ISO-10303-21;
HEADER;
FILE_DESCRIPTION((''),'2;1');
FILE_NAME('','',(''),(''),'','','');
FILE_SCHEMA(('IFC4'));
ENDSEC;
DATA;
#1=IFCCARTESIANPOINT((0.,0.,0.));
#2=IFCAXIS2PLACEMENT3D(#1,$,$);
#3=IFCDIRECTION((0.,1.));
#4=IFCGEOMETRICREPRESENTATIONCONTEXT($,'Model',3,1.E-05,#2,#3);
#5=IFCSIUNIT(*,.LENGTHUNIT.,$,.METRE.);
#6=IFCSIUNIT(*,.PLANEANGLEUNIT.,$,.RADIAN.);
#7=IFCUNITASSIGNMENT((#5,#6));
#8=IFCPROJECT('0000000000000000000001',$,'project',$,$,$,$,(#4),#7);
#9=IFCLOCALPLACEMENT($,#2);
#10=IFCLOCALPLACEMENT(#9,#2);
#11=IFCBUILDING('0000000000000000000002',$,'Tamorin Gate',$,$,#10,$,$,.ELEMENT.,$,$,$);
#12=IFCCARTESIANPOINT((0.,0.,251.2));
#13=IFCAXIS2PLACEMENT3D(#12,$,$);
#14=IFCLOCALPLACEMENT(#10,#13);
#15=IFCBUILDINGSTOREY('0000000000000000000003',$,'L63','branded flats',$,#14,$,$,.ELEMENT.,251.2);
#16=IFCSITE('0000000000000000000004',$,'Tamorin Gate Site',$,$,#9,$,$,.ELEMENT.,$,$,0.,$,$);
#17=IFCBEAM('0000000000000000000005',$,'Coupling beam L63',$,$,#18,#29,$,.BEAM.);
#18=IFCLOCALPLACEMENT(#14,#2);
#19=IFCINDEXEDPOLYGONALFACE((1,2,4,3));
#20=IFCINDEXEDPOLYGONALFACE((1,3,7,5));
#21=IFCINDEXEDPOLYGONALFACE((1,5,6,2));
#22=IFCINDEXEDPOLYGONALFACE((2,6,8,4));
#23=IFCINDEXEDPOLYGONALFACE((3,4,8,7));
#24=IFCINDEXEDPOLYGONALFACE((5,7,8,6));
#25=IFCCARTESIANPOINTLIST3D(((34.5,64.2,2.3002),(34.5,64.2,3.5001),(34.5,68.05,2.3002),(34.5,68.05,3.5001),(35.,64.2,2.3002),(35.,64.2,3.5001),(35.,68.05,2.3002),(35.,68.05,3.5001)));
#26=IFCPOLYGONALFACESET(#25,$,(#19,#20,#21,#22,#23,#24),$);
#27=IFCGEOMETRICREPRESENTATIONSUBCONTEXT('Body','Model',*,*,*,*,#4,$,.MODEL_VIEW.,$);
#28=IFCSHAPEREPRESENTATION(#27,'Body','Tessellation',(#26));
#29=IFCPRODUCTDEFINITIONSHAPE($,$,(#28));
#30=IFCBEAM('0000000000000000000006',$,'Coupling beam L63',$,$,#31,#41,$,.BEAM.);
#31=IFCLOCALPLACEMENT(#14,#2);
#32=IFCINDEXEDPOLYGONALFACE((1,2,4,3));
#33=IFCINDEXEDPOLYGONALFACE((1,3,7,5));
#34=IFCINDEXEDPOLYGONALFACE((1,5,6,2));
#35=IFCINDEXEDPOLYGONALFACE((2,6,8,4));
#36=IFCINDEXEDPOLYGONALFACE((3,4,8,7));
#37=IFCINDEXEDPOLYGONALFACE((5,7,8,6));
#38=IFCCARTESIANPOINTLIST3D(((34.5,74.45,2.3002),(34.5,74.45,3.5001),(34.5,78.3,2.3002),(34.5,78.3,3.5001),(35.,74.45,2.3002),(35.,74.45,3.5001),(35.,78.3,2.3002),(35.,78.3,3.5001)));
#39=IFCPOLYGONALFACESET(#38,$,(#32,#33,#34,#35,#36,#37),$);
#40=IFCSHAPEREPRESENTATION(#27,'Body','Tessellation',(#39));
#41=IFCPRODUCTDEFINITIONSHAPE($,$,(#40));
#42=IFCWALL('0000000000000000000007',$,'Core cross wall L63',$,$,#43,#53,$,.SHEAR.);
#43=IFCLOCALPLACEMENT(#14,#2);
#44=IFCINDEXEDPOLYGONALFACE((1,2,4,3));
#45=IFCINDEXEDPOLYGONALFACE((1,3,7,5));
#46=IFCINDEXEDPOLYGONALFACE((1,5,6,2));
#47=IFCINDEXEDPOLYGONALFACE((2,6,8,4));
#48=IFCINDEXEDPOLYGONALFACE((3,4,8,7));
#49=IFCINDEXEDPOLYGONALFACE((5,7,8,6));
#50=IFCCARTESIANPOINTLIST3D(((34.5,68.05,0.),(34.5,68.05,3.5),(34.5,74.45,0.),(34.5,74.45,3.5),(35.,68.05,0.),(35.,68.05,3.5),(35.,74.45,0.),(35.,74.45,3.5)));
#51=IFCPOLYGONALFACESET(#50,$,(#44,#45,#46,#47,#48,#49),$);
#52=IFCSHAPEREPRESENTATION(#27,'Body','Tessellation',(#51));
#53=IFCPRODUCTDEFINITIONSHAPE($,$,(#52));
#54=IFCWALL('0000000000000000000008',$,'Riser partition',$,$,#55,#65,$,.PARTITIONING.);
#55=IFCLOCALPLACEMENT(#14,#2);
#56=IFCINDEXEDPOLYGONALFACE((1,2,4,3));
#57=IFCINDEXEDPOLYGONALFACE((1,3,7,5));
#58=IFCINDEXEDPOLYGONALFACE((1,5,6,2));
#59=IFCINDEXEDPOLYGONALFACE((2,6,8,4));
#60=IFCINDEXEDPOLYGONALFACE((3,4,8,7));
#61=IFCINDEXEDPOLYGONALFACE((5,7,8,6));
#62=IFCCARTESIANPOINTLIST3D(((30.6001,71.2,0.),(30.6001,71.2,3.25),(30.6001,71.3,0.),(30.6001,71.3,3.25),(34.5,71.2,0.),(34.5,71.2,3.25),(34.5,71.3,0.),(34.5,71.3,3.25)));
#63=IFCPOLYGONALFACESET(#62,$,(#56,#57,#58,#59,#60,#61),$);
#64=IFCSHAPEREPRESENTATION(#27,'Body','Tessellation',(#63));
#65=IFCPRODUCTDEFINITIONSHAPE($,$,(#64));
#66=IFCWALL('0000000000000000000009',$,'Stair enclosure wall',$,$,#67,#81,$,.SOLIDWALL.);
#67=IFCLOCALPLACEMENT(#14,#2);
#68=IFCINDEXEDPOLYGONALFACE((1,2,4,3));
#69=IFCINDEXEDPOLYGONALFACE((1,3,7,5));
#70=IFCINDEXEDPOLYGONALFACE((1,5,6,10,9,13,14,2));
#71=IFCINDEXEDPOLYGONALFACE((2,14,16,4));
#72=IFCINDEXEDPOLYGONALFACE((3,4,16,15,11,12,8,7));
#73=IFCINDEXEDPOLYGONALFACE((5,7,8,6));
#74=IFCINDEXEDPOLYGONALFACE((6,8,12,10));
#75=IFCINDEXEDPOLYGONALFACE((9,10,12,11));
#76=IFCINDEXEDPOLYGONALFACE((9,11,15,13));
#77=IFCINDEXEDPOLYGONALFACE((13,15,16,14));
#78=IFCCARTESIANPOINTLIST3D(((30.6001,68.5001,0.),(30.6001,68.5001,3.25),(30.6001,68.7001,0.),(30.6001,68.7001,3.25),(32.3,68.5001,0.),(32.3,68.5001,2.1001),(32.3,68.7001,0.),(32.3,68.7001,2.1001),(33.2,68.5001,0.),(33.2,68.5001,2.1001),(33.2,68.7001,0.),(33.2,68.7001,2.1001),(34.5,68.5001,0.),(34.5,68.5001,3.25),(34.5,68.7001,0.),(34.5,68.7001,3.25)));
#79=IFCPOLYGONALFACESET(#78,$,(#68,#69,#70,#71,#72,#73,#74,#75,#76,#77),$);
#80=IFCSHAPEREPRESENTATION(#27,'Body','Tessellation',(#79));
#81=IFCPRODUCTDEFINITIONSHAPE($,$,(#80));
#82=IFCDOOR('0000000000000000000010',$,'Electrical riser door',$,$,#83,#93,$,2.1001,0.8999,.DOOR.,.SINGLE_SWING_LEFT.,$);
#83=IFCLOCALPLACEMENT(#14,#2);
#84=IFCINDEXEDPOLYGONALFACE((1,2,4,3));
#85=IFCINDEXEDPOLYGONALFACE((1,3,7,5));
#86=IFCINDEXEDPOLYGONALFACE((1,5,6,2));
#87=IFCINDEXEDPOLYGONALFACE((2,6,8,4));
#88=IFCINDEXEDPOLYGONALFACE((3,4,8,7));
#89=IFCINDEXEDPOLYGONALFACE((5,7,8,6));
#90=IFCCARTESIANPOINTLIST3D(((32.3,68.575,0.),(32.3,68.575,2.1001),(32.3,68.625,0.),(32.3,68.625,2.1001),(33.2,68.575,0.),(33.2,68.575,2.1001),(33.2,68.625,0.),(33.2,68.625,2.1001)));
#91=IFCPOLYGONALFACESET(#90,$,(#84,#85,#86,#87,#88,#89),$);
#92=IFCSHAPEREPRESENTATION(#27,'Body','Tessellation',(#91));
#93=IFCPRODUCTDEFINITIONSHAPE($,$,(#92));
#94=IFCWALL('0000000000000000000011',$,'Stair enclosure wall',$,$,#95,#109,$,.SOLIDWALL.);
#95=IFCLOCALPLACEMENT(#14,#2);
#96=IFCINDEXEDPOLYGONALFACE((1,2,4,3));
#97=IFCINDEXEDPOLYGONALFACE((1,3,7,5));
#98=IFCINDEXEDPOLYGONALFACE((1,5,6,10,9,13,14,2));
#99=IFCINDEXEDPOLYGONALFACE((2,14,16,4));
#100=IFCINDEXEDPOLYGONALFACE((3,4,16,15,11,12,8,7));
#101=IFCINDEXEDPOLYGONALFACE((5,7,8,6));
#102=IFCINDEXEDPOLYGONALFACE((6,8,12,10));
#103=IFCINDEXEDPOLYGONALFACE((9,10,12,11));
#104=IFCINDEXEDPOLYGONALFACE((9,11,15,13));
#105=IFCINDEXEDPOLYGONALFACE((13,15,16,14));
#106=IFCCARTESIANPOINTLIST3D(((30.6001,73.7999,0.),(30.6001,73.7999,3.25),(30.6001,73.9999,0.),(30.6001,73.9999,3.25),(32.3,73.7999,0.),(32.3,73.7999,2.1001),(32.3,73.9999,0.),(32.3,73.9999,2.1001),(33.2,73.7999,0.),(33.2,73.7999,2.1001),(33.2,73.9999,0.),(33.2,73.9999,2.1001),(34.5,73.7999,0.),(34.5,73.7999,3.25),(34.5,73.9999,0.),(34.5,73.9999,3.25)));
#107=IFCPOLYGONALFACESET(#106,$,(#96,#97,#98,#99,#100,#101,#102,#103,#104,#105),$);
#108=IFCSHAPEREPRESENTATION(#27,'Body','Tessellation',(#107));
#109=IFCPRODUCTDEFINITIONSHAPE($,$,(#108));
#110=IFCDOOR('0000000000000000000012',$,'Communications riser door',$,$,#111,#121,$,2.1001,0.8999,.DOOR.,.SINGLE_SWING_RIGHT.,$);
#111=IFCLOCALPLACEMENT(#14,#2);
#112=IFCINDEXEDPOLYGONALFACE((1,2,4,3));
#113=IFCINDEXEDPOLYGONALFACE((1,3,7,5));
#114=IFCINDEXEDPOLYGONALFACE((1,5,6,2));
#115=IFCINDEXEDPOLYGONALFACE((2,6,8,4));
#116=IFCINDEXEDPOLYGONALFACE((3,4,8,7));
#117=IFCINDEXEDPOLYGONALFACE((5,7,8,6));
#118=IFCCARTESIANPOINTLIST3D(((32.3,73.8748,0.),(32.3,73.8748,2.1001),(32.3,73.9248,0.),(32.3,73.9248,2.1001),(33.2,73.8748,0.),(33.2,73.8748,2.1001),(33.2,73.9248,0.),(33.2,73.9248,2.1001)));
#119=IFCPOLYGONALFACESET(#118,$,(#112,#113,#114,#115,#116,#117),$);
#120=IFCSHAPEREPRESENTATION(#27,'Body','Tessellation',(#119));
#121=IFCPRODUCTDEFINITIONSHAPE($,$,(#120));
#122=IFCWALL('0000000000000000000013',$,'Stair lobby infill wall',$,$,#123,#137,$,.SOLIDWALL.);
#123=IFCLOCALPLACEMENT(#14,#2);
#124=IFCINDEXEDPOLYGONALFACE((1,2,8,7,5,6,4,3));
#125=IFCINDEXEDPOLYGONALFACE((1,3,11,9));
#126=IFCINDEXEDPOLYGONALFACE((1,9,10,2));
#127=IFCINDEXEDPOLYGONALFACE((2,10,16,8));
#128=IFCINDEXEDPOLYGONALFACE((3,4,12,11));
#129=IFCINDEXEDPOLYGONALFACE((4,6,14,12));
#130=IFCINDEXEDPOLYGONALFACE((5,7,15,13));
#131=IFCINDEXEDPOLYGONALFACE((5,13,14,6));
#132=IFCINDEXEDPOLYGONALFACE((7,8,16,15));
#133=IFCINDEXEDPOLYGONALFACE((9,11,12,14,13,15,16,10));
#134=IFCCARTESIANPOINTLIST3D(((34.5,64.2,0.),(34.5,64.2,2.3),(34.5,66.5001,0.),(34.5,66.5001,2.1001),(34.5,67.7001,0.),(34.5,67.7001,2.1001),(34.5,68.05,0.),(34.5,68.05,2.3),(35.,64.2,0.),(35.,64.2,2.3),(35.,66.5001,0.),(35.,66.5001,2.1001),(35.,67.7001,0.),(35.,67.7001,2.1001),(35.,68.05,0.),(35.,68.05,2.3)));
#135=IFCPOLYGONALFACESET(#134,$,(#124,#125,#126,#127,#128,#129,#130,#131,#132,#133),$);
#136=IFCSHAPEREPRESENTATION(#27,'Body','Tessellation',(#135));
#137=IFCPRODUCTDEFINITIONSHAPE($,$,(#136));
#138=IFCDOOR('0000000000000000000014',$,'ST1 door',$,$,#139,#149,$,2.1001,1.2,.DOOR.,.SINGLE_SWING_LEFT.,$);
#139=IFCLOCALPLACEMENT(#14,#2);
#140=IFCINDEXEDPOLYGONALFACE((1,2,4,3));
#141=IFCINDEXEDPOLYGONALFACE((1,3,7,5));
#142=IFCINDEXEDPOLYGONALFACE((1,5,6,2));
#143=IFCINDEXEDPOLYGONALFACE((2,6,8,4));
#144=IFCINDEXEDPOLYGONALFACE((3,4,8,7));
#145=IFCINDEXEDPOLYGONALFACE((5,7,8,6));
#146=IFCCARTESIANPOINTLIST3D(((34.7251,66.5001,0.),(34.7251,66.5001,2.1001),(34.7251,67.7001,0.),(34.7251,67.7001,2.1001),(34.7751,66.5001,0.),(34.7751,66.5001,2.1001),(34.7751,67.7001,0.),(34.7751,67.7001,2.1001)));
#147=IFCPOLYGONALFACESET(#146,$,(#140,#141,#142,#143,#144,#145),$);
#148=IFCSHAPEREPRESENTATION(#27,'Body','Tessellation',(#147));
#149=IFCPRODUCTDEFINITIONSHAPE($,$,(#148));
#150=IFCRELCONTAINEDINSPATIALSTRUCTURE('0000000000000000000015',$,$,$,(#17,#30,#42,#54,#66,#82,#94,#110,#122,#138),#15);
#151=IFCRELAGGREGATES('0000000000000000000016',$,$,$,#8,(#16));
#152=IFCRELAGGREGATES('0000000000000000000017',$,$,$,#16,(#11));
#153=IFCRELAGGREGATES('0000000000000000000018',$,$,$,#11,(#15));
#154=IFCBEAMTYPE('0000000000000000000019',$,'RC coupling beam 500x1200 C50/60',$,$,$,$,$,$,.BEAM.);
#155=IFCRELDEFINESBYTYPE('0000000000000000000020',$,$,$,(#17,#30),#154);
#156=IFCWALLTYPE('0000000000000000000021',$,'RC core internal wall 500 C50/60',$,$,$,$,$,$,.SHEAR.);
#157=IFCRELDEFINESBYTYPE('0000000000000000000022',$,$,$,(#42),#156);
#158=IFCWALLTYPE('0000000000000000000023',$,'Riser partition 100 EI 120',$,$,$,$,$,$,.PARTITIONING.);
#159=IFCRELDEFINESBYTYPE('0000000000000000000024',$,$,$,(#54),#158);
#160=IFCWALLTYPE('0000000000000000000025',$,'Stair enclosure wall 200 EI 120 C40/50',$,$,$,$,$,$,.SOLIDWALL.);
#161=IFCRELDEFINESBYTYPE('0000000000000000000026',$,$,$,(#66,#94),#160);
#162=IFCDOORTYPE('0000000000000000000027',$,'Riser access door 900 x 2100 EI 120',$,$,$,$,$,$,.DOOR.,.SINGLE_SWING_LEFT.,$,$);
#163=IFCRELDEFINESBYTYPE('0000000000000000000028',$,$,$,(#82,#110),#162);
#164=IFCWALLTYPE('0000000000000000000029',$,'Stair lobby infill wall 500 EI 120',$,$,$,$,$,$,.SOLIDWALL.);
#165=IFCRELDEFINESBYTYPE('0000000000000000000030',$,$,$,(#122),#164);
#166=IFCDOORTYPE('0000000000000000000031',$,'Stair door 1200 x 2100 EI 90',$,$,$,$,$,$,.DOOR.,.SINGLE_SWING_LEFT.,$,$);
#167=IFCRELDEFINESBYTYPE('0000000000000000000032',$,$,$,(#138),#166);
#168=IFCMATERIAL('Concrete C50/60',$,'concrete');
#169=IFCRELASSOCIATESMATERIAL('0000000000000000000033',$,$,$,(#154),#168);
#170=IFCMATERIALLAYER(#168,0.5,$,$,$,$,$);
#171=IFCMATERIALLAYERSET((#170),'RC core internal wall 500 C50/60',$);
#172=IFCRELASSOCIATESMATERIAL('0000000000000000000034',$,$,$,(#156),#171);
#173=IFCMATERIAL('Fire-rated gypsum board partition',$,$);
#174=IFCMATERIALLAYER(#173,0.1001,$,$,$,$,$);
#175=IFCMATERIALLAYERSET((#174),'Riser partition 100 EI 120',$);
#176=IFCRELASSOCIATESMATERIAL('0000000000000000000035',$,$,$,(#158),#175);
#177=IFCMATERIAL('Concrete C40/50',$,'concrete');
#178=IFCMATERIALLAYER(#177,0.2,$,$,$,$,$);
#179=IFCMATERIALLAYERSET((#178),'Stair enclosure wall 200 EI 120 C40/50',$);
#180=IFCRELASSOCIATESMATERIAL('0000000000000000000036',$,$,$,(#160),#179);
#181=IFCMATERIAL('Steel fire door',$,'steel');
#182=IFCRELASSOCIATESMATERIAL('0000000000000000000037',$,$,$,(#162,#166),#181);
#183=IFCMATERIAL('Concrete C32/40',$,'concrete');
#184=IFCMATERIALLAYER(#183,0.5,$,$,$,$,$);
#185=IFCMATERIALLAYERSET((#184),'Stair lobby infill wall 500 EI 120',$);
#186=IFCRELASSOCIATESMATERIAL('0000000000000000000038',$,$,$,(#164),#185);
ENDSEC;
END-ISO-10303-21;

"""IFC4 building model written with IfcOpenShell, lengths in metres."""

from ifc_helpers import new_model, si_unit, direction, frame, frame_2d, origin, origin_2d, place, context, subcontext, project, spatial, rectangle, extrude, material, layer, layer_set, material_profile, profile_set, type_object, element, fill, save


model = new_model("IFC4")

# Units and contexts
model_context = context("Model", 3, precision=1e-05, world=origin(), true_north=direction((0.0, 1.0)))
body_context = subcontext(model_context, "Body", "Model", "MODEL_VIEW")
ifc_project = project(units=[si_unit("LENGTHUNIT", "METRE"), si_unit("PLANEANGLEUNIT", "RADIAN")], contexts=[model_context])

# Site, building, storey
site_placement = place(None, origin())
site = spatial("IfcSite", under=ifc_project, at=site_placement, Name="Tamorin Gate Site", CompositionType="ELEMENT", RefElevation=0.0)
building_placement = place(site_placement, origin())
building = spatial("IfcBuilding", under=site, at=building_placement, Name="Tamorin Gate", CompositionType="ELEMENT")
storey_placement = place(building_placement, frame((0.0, 0.0, 251.2)))
storey = spatial("IfcBuildingStorey", under=building, at=storey_placement, Name="L63", Description="branded flats", CompositionType="ELEMENT", Elevation=251.2)

# Beams
ifc_material_1 = material(Name="Concrete C50/60", Category="concrete")
ifc_material_profile = material_profile(ifc_material_1, rectangle(XDim=0.5, YDim=1.2, at=origin_2d()), Name="RC 500x1200")
ifc_profile_set = profile_set([ifc_material_profile], Name="Concrete C50/60")
beam_type = type_object("IfcBeamType", Name="RC coupling beam 500x1200 C50/60", PredefinedType="BEAM", material=ifc_profile_set)
for number, where, z_axis, x_axis, name in (
    (1, (34.75, 64.2, 2.9001), (0.0, 1.0, 0.0), (-1.0, 0.0, 0.0), "Coupling beam L63"),
    (2, (34.75, 74.45, 2.9001), (0.0, 1.0, 0.0), (-1.0, 0.0, 0.0), "Coupling beam L63"),
):
    element("IfcBeam", number, at=place(storey_placement, frame(where, z_axis=z_axis, x_axis=x_axis)), inside=storey, type_object=beam_type, Name=name, PredefinedType="BEAM", context=body_context, shape_type="SweptSolid", body=[
        extrude(rectangle(XDim=0.5, YDim=1.2, at=origin_2d()), origin(), (0.0, 0.0, 1.0), 3.8501),
    ])

# Walls
ifc_layer_1 = layer(ifc_material_1, 0.5)
ifc_layer_set_1 = layer_set([ifc_layer_1], Name="RC core internal wall 500 C50/60")
wall_type_1 = type_object("IfcWallType", Name="RC core internal wall 500 C50/60", PredefinedType="SHEAR", material=ifc_layer_set_1)
wall_1_placement = place(storey_placement, frame((34.75, 68.05, 0.0), z_axis=(0.0, 0.0, 1.0), x_axis=(0.0, 1.0, 0.0)))
element("IfcWall", 3, at=wall_1_placement, inside=storey, type_object=wall_type_1, Name="Core cross wall L63", PredefinedType="SHEAR", context=body_context, shape_type="SweptSolid", body=[
    extrude(rectangle(XDim=6.3999, YDim=0.5, at=frame_2d((3.2, 0.0))), origin(), (0.0, 0.0, 1.0), 3.5),
])
ifc_material_2 = material(Name="Fire-rated gypsum board partition")
ifc_layer_2 = layer(ifc_material_2, 0.1001)
ifc_layer_set_2 = layer_set([ifc_layer_2], Name="Riser partition 100 EI 120")
wall_type_2 = type_object("IfcWallType", Name="Riser partition 100 EI 120", PredefinedType="PARTITIONING", material=ifc_layer_set_2)
wall_2_placement = place(storey_placement, frame((30.6001, 71.25, 0.0), z_axis=(0.0, 0.0, 1.0), x_axis=(1.0, 0.0, 0.0)))
element("IfcWall", 4, at=wall_2_placement, inside=storey, type_object=wall_type_2, Name="Riser partition", PredefinedType="PARTITIONING", context=body_context, shape_type="SweptSolid", body=[
    extrude(rectangle(XDim=3.8999, YDim=0.1001, at=frame_2d((1.95, 0.0))), origin(), (0.0, 0.0, 1.0), 3.25),
])

# Walls, openings, doors
ifc_material_3 = material(Name="Concrete C40/50", Category="concrete")
ifc_layer_3 = layer(ifc_material_3, 0.2)
ifc_layer_set_3 = layer_set([ifc_layer_3], Name="Stair enclosure wall 200 EI 120 C40/50")
wall_type_3 = type_object("IfcWallType", Name="Stair enclosure wall 200 EI 120 C40/50", PredefinedType="SOLIDWALL", material=ifc_layer_set_3)
wall_3_placement = place(storey_placement, frame((30.6001, 68.6001, 0.0), z_axis=(0.0, 0.0, 1.0), x_axis=(1.0, 0.0, 0.0)))
wall_3 = element("IfcWall", 5, at=wall_3_placement, inside=storey, type_object=wall_type_3, Name="Stair enclosure wall", PredefinedType="SOLIDWALL", context=body_context, shape_type="SweptSolid", body=[
    extrude(rectangle(XDim=3.8999, YDim=0.2, at=frame_2d((1.95, 0.0))), origin(), (0.0, 0.0, 1.0), 3.25),
])
opening_1_placement = place(wall_3_placement, frame((1.7, 0.0, 0.0)))
opening_1 = element("IfcOpeningElement", 6, at=opening_1_placement, cuts=wall_3, PredefinedType="OPENING", context=body_context, shape_type="SweptSolid", body=[
    extrude(rectangle(XDim=0.8999, YDim=2.1001, at=frame_2d((0.45, 1.05))), frame((0.0, 0.1099, 0.0), z_axis=(0.0, -1.0, 0.0), x_axis=(1.0, 0.0, 0.0)), (0.0, 0.0, 1.0), 0.22),
])
ifc_material_4 = material(Name="Steel fire door", Category="steel")
door_type_1 = type_object("IfcDoorType", Name="Riser access door 900 x 2100 EI 120", OperationType="SINGLE_SWING_LEFT", PredefinedType="DOOR", material=ifc_material_4)
door_1_placement = place(opening_1_placement, origin())
door_1 = element("IfcDoor", 7, at=door_1_placement, inside=storey, type_object=door_type_1, Name="Electrical riser door", OperationType="SINGLE_SWING_LEFT", OverallHeight=2.1001, OverallWidth=0.8999, PredefinedType="DOOR", context=body_context, shape_type="SweptSolid", body=[
    extrude(rectangle(XDim=0.8999, YDim=2.1001, at=frame_2d((0.45, 1.05))), frame((0.0, 0.0249, 0.0), z_axis=(0.0, -1.0, 0.0), x_axis=(1.0, 0.0, 0.0)), (0.0, 0.0, 1.0), 0.05),
])
fill(opening_1, door_1)
wall_4_placement = place(storey_placement, frame((30.6001, 73.8999, 0.0), z_axis=(0.0, 0.0, 1.0), x_axis=(1.0, 0.0, 0.0)))
wall_4 = element("IfcWall", 8, at=wall_4_placement, inside=storey, type_object=wall_type_3, Name="Stair enclosure wall", PredefinedType="SOLIDWALL", context=body_context, shape_type="SweptSolid", body=[
    extrude(rectangle(XDim=3.8999, YDim=0.2, at=frame_2d((1.95, 0.0))), origin(), (0.0, 0.0, 1.0), 3.25),
])
opening_2_placement = place(wall_4_placement, frame((1.7, 0.0, 0.0)))
opening_2 = element("IfcOpeningElement", 9, at=opening_2_placement, cuts=wall_4, PredefinedType="OPENING", context=body_context, shape_type="SweptSolid", body=[
    extrude(rectangle(XDim=0.8999, YDim=2.1001, at=frame_2d((0.45, 1.05))), frame((0.0, 0.1099, 0.0), z_axis=(0.0, -1.0, 0.0), x_axis=(1.0, 0.0, 0.0)), (0.0, 0.0, 1.0), 0.22),
])
door_2_placement = place(opening_2_placement, origin())
door_2 = element("IfcDoor", 10, at=door_2_placement, inside=storey, type_object=door_type_1, Name="Communications riser door", OperationType="SINGLE_SWING_RIGHT", OverallHeight=2.1001, OverallWidth=0.8999, PredefinedType="DOOR", context=body_context, shape_type="SweptSolid", body=[
    extrude(rectangle(XDim=0.8999, YDim=2.1001, at=frame_2d((0.45, 1.05))), frame((0.0, 0.0249, 0.0), z_axis=(0.0, -1.0, 0.0), x_axis=(1.0, 0.0, 0.0)), (0.0, 0.0, 1.0), 0.05),
])
fill(opening_2, door_2)
ifc_material_5 = material(Name="Concrete C32/40", Category="concrete")
ifc_layer_4 = layer(ifc_material_5, 0.5)
ifc_layer_set_4 = layer_set([ifc_layer_4], Name="Stair lobby infill wall 500 EI 120")
wall_type_4 = type_object("IfcWallType", Name="Stair lobby infill wall 500 EI 120", PredefinedType="SOLIDWALL", material=ifc_layer_set_4)
wall_5_placement = place(storey_placement, frame((34.75, 64.2, 0.0), z_axis=(0.0, 0.0, 1.0), x_axis=(0.0, 1.0, 0.0)))
wall_5 = element("IfcWall", 11, at=wall_5_placement, inside=storey, type_object=wall_type_4, Name="Stair lobby infill wall", PredefinedType="SOLIDWALL", context=body_context, shape_type="SweptSolid", body=[
    extrude(rectangle(XDim=3.8501, YDim=0.5, at=frame_2d((1.925, 0.0))), origin(), (0.0, 0.0, 1.0), 2.3),
])
opening_3_placement = place(wall_5_placement, frame((2.3, 0.0, 0.0)))
opening_3 = element("IfcOpeningElement", 12, at=opening_3_placement, cuts=wall_5, PredefinedType="OPENING", context=body_context, shape_type="SweptSolid", body=[
    extrude(rectangle(XDim=1.2, YDim=2.1001, at=frame_2d((0.6001, 1.05))), frame((0.0, 0.26, 0.0), z_axis=(0.0, -1.0, 0.0), x_axis=(1.0, 0.0, 0.0)), (0.0, 0.0, 1.0), 0.52),
])
door_type_2 = type_object("IfcDoorType", Name="Stair door 1200 x 2100 EI 90", OperationType="SINGLE_SWING_LEFT", PredefinedType="DOOR", material=ifc_material_4)
door_3_placement = place(opening_3_placement, origin())
door_3 = element("IfcDoor", 13, at=door_3_placement, inside=storey, type_object=door_type_2, Name="ST1 door", OperationType="SINGLE_SWING_LEFT", OverallHeight=2.1001, OverallWidth=1.2, PredefinedType="DOOR", context=body_context, shape_type="SweptSolid", body=[
    extrude(rectangle(XDim=1.2, YDim=2.1001, at=frame_2d((0.6001, 1.05))), frame((0.0, 0.0249, 0.0), z_axis=(0.0, -1.0, 0.0), x_axis=(1.0, 0.0, 0.0)), (0.0, 0.0, 1.0), 0.05),
])
fill(opening_3, door_3)

save(model, "model.ifc")
